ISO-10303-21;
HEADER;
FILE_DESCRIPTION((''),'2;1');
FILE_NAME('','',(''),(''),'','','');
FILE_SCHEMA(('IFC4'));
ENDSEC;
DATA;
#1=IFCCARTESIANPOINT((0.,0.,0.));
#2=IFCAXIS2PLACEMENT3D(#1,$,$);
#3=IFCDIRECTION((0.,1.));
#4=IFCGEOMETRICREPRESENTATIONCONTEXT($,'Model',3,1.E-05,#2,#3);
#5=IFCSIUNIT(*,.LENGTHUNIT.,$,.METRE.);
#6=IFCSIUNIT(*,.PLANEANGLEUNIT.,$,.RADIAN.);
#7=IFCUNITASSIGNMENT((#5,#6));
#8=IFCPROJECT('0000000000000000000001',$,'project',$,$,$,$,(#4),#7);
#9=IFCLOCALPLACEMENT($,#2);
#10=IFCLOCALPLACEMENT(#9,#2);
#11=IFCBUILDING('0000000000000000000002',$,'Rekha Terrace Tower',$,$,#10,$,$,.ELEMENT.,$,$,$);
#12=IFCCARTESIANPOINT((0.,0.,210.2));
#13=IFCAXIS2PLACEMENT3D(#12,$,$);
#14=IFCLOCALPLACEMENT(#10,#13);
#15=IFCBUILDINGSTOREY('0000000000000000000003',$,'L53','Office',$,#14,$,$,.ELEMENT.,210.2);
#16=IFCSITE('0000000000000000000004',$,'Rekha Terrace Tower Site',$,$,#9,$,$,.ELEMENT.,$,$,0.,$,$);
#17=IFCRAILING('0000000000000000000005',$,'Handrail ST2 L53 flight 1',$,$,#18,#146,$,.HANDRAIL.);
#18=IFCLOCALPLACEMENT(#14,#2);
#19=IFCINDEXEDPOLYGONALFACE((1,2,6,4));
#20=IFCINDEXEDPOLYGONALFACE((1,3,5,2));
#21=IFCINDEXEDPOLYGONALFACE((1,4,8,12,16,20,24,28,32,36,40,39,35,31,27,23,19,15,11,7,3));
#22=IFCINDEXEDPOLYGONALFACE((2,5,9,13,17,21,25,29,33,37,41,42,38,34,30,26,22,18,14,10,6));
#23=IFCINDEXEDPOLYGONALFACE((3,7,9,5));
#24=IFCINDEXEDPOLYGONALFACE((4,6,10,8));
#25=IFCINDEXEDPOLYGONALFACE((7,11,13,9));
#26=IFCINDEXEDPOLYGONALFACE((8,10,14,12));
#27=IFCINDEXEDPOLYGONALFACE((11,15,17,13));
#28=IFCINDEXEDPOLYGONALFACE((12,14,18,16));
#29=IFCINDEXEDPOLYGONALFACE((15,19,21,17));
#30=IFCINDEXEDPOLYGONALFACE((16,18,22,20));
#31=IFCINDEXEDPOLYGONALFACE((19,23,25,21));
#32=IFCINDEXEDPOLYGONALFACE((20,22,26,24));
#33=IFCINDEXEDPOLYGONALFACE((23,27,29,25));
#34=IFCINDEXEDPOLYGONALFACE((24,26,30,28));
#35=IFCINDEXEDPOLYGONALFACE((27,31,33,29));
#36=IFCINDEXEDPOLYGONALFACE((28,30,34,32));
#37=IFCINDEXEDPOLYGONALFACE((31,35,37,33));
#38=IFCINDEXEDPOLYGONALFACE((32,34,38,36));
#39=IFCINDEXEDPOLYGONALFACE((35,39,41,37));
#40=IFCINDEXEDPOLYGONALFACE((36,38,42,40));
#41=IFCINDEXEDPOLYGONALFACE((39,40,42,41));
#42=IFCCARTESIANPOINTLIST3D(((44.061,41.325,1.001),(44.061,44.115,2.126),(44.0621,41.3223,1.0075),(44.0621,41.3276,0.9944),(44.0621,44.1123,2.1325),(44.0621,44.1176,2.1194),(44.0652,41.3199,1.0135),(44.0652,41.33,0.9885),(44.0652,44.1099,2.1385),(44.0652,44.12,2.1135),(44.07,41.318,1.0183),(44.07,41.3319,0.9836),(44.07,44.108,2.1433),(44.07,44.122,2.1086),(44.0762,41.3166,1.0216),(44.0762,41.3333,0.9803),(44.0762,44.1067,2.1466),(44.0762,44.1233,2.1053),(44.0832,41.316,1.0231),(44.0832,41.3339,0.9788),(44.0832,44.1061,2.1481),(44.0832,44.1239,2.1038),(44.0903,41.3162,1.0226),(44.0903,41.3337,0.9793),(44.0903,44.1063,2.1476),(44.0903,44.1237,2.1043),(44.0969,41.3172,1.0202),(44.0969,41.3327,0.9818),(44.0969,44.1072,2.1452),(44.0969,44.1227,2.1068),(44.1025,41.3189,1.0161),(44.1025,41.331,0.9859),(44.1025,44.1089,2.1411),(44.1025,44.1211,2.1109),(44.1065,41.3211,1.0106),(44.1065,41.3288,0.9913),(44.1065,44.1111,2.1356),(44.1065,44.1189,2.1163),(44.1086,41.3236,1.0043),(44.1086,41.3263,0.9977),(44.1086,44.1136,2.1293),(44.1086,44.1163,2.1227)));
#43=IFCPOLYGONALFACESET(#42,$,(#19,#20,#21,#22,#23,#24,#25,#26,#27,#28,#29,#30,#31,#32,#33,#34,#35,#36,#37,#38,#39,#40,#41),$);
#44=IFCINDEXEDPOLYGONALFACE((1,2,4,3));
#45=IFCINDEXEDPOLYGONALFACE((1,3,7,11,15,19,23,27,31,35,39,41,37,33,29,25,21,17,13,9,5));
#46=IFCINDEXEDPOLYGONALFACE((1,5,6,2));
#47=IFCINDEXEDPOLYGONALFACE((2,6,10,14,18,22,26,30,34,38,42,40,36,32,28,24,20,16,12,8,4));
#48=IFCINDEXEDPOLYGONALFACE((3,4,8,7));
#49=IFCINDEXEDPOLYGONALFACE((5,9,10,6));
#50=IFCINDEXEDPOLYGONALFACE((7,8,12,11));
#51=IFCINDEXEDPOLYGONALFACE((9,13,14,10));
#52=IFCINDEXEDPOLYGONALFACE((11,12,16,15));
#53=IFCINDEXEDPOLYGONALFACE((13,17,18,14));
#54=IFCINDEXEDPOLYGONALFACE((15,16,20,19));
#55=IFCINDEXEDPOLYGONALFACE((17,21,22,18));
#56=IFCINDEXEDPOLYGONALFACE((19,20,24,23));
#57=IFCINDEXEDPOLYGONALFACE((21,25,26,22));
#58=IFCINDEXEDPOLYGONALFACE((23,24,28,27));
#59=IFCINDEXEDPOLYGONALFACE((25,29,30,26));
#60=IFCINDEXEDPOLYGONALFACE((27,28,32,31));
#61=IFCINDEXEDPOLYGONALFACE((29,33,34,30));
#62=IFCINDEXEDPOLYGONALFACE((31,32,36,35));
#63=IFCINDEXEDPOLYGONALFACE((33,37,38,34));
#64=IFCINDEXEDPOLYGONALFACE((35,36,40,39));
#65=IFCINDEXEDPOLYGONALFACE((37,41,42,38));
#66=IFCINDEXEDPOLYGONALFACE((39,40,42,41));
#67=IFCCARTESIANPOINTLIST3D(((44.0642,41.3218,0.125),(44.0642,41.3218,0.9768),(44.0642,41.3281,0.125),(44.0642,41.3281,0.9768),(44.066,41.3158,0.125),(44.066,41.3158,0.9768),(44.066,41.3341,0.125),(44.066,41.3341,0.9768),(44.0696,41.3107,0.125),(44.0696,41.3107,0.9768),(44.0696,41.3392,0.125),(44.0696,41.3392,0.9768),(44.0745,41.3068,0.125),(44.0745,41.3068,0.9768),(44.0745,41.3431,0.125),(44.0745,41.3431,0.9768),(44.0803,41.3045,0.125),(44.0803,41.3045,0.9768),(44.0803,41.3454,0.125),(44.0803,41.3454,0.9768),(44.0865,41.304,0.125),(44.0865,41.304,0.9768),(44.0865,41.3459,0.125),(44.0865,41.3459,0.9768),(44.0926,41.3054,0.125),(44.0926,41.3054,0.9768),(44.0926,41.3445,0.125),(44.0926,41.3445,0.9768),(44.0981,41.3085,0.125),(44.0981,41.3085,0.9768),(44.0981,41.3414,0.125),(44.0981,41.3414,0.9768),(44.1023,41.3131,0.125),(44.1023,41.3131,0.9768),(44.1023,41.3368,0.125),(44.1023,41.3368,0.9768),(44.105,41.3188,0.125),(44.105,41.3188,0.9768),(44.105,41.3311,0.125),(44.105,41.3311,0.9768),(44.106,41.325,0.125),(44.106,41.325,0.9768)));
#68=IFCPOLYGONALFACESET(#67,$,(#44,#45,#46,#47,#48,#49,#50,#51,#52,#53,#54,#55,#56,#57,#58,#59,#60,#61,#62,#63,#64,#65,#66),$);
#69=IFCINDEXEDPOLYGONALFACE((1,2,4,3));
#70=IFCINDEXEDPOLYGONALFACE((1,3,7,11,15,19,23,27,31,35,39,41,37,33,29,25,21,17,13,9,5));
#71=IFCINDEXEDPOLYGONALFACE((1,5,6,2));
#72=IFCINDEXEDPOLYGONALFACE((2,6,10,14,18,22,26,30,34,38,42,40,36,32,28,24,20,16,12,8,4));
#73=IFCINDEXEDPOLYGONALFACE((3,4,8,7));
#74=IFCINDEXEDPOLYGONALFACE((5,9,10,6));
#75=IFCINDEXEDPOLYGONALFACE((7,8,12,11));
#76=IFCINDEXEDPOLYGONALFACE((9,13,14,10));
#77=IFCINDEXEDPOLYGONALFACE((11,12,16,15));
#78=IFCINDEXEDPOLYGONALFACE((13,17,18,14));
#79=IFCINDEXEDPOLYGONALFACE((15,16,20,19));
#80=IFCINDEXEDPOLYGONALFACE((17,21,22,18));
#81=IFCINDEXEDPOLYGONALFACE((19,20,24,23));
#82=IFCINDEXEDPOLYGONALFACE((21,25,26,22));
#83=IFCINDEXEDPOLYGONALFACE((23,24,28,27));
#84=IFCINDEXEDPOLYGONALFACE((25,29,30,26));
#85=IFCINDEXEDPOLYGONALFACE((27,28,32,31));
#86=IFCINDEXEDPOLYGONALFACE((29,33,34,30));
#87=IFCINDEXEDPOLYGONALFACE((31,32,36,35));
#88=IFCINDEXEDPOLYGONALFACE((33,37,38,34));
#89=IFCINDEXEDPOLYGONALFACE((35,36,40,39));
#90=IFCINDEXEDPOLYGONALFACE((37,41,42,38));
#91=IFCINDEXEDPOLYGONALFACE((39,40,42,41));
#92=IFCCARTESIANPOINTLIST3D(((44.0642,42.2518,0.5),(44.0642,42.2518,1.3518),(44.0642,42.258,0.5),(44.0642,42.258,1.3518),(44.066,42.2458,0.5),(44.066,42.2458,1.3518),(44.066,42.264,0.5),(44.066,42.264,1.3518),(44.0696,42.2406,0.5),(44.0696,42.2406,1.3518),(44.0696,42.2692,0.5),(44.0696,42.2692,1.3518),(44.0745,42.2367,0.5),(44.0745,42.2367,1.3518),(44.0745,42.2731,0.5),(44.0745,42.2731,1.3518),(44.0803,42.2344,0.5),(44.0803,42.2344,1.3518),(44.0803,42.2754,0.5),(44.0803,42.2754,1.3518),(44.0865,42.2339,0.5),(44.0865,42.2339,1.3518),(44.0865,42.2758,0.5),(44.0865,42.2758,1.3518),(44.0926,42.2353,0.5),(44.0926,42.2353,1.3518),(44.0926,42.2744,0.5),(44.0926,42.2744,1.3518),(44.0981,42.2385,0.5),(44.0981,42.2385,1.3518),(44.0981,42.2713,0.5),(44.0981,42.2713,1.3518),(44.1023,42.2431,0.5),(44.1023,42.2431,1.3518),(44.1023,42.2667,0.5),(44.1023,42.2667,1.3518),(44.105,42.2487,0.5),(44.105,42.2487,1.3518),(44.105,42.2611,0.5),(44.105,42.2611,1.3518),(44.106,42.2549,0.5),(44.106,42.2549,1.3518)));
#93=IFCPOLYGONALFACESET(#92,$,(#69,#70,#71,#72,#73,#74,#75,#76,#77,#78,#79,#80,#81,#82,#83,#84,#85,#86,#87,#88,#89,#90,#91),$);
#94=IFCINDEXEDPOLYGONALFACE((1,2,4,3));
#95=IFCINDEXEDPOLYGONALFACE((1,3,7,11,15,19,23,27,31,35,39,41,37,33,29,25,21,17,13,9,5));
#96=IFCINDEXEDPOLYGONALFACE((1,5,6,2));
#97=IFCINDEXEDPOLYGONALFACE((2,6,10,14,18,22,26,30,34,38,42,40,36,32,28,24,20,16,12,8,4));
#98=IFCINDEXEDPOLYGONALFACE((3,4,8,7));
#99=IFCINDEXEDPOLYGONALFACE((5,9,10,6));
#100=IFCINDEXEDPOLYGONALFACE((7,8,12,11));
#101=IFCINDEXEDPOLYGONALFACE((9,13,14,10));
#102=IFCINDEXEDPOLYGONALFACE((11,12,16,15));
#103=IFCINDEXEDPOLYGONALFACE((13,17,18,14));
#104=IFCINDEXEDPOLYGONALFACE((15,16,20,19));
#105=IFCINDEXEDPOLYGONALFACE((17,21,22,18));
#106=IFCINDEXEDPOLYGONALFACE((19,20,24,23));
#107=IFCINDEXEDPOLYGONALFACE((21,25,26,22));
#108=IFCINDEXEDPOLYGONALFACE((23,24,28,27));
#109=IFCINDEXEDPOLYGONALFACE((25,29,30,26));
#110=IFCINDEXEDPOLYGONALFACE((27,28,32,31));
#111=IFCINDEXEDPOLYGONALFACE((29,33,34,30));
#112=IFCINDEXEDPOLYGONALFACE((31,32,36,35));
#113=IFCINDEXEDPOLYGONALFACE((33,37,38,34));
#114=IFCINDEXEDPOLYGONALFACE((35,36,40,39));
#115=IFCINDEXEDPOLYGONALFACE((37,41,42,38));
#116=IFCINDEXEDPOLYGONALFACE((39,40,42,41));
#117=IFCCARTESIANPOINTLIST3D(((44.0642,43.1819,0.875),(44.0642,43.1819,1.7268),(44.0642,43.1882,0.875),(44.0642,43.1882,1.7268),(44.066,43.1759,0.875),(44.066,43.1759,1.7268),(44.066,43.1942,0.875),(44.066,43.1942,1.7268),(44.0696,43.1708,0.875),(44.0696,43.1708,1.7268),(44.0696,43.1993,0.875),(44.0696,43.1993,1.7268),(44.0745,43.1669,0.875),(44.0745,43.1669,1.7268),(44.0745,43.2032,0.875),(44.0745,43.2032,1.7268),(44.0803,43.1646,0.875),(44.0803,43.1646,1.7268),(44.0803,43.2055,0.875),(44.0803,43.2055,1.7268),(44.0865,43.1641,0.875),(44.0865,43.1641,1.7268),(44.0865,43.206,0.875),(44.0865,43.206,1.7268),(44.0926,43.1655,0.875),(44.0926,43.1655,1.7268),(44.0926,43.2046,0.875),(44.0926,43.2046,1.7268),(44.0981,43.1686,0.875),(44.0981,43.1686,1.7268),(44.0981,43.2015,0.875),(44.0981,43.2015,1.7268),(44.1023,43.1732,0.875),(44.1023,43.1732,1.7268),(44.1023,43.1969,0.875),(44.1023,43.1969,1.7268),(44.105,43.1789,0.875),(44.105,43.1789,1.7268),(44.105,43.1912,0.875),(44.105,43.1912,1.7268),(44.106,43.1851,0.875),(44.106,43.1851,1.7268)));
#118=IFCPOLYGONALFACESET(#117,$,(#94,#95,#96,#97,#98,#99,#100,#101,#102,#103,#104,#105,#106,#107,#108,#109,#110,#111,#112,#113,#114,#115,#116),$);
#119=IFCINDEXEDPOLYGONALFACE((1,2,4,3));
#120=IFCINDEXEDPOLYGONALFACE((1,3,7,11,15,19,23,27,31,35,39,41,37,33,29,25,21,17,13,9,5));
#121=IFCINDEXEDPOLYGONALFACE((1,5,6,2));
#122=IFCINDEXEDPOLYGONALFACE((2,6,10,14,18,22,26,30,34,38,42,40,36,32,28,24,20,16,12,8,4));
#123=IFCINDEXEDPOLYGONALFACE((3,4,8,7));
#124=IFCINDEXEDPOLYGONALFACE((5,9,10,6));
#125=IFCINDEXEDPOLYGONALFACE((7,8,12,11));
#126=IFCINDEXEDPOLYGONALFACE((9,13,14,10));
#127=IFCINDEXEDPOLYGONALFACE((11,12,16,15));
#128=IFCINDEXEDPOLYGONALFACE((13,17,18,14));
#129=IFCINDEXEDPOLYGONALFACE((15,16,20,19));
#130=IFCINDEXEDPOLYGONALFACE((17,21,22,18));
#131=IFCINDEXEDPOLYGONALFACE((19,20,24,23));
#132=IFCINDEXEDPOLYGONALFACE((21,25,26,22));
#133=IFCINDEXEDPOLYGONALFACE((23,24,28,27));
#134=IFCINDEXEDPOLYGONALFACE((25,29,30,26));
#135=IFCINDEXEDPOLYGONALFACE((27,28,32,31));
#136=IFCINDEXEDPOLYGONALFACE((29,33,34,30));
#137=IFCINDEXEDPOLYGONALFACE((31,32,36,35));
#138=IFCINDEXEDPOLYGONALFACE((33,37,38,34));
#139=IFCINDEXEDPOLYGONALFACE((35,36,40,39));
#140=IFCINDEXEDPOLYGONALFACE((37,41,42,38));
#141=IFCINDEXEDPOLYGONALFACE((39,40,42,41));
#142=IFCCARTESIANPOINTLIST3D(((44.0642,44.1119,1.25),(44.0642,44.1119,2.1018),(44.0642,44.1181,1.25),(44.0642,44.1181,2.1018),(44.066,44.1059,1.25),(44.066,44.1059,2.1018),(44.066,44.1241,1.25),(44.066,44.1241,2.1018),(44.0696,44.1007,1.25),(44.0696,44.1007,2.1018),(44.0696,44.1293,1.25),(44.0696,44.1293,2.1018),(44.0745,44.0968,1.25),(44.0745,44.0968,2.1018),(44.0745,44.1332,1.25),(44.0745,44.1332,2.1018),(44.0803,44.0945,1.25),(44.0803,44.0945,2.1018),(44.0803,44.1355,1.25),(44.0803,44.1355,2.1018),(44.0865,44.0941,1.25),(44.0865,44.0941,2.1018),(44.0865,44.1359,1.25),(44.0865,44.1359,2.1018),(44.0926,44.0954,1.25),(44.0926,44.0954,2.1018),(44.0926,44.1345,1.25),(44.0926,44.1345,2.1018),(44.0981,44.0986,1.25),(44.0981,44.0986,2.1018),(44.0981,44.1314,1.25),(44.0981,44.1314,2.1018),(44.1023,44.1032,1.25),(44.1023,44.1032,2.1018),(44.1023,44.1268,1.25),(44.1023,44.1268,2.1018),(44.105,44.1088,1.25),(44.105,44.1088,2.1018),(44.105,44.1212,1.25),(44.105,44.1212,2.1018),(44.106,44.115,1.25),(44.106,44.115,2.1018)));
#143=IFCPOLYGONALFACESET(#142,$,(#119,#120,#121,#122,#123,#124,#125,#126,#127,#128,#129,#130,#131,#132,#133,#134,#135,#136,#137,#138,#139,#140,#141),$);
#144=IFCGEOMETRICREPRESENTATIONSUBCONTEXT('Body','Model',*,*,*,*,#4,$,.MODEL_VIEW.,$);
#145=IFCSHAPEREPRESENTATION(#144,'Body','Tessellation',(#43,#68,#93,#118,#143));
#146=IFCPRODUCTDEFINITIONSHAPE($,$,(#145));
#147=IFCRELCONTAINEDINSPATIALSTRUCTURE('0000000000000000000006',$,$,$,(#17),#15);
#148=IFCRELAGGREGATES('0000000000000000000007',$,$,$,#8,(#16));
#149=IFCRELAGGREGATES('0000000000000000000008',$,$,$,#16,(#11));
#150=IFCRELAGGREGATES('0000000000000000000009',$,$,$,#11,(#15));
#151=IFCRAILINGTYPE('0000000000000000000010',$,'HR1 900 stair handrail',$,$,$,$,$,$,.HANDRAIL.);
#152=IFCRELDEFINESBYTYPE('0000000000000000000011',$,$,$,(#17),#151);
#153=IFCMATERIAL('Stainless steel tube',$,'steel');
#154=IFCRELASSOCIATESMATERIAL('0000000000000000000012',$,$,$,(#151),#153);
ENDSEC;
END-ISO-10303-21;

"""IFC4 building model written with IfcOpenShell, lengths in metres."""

from ifc_helpers import new_model, si_unit, direction, frame, origin, origin_2d, place, context, subcontext, project, spatial, circle, extrude, material, type_object, element, save


model = new_model("IFC4")

# Units and contexts
model_context = context("Model", 3, precision=1e-05, world=origin(), true_north=direction((0.0, 1.0)))
body_context = subcontext(model_context, "Body", "Model", "MODEL_VIEW")
ifc_project = project(units=[si_unit("LENGTHUNIT", "METRE"), si_unit("PLANEANGLEUNIT", "RADIAN")], contexts=[model_context])

# Site, building, storey
site_placement = place(None, origin())
site = spatial("IfcSite", under=ifc_project, at=site_placement, Name="Rekha Terrace Tower Site", CompositionType="ELEMENT", RefElevation=0.0)
building_placement = place(site_placement, origin())
building = spatial("IfcBuilding", under=site, at=building_placement, Name="Rekha Terrace Tower", CompositionType="ELEMENT")
storey_placement = place(building_placement, frame((0.0, 0.0, 210.2)))
storey = spatial("IfcBuildingStorey", under=building, at=storey_placement, Name="L53", Description="Office", CompositionType="ELEMENT", Elevation=210.2)

# Railing
ifc_material_1 = material(Name="Stainless steel tube", Category="steel")
railing_type_1 = type_object("IfcRailingType", Name="HR1 900 stair handrail", PredefinedType="HANDRAIL", material=ifc_material_1)
railing_1_placement = place(storey_placement, frame((44.085, 41.325, 0.125)))
element("IfcRailing", 1, at=railing_1_placement, inside=storey, type_object=railing_type_1, Name="Handrail ST2 L53 flight 1", PredefinedType="HANDRAIL", context=body_context, shape_type="SweptSolid", body=[
    extrude(circle(Radius=0.0239, at=origin_2d()), frame((0.0, 0.0, 0.876), z_axis=(0.0, 0.927443, 0.373964), x_axis=(-1.0, 0.0, 0.0)), (0.0, 0.0, 1.0), 3.0083),
    extrude(circle(Radius=0.021, at=origin_2d()), origin(), (0.0, 0.0, 1.0), 0.8518),
    extrude(circle(Radius=0.021, at=origin_2d()), frame((0.0, 0.9299, 0.375)), (0.0, 0.0, 1.0), 0.8518),
    extrude(circle(Radius=0.021, at=origin_2d()), frame((0.0, 1.8601, 0.75)), (0.0, 0.0, 1.0), 0.8518),
    extrude(circle(Radius=0.021, at=origin_2d()), frame((0.0, 2.79, 1.125)), (0.0, 0.0, 1.0), 0.8518),
])

save(model, "model.ifc")
